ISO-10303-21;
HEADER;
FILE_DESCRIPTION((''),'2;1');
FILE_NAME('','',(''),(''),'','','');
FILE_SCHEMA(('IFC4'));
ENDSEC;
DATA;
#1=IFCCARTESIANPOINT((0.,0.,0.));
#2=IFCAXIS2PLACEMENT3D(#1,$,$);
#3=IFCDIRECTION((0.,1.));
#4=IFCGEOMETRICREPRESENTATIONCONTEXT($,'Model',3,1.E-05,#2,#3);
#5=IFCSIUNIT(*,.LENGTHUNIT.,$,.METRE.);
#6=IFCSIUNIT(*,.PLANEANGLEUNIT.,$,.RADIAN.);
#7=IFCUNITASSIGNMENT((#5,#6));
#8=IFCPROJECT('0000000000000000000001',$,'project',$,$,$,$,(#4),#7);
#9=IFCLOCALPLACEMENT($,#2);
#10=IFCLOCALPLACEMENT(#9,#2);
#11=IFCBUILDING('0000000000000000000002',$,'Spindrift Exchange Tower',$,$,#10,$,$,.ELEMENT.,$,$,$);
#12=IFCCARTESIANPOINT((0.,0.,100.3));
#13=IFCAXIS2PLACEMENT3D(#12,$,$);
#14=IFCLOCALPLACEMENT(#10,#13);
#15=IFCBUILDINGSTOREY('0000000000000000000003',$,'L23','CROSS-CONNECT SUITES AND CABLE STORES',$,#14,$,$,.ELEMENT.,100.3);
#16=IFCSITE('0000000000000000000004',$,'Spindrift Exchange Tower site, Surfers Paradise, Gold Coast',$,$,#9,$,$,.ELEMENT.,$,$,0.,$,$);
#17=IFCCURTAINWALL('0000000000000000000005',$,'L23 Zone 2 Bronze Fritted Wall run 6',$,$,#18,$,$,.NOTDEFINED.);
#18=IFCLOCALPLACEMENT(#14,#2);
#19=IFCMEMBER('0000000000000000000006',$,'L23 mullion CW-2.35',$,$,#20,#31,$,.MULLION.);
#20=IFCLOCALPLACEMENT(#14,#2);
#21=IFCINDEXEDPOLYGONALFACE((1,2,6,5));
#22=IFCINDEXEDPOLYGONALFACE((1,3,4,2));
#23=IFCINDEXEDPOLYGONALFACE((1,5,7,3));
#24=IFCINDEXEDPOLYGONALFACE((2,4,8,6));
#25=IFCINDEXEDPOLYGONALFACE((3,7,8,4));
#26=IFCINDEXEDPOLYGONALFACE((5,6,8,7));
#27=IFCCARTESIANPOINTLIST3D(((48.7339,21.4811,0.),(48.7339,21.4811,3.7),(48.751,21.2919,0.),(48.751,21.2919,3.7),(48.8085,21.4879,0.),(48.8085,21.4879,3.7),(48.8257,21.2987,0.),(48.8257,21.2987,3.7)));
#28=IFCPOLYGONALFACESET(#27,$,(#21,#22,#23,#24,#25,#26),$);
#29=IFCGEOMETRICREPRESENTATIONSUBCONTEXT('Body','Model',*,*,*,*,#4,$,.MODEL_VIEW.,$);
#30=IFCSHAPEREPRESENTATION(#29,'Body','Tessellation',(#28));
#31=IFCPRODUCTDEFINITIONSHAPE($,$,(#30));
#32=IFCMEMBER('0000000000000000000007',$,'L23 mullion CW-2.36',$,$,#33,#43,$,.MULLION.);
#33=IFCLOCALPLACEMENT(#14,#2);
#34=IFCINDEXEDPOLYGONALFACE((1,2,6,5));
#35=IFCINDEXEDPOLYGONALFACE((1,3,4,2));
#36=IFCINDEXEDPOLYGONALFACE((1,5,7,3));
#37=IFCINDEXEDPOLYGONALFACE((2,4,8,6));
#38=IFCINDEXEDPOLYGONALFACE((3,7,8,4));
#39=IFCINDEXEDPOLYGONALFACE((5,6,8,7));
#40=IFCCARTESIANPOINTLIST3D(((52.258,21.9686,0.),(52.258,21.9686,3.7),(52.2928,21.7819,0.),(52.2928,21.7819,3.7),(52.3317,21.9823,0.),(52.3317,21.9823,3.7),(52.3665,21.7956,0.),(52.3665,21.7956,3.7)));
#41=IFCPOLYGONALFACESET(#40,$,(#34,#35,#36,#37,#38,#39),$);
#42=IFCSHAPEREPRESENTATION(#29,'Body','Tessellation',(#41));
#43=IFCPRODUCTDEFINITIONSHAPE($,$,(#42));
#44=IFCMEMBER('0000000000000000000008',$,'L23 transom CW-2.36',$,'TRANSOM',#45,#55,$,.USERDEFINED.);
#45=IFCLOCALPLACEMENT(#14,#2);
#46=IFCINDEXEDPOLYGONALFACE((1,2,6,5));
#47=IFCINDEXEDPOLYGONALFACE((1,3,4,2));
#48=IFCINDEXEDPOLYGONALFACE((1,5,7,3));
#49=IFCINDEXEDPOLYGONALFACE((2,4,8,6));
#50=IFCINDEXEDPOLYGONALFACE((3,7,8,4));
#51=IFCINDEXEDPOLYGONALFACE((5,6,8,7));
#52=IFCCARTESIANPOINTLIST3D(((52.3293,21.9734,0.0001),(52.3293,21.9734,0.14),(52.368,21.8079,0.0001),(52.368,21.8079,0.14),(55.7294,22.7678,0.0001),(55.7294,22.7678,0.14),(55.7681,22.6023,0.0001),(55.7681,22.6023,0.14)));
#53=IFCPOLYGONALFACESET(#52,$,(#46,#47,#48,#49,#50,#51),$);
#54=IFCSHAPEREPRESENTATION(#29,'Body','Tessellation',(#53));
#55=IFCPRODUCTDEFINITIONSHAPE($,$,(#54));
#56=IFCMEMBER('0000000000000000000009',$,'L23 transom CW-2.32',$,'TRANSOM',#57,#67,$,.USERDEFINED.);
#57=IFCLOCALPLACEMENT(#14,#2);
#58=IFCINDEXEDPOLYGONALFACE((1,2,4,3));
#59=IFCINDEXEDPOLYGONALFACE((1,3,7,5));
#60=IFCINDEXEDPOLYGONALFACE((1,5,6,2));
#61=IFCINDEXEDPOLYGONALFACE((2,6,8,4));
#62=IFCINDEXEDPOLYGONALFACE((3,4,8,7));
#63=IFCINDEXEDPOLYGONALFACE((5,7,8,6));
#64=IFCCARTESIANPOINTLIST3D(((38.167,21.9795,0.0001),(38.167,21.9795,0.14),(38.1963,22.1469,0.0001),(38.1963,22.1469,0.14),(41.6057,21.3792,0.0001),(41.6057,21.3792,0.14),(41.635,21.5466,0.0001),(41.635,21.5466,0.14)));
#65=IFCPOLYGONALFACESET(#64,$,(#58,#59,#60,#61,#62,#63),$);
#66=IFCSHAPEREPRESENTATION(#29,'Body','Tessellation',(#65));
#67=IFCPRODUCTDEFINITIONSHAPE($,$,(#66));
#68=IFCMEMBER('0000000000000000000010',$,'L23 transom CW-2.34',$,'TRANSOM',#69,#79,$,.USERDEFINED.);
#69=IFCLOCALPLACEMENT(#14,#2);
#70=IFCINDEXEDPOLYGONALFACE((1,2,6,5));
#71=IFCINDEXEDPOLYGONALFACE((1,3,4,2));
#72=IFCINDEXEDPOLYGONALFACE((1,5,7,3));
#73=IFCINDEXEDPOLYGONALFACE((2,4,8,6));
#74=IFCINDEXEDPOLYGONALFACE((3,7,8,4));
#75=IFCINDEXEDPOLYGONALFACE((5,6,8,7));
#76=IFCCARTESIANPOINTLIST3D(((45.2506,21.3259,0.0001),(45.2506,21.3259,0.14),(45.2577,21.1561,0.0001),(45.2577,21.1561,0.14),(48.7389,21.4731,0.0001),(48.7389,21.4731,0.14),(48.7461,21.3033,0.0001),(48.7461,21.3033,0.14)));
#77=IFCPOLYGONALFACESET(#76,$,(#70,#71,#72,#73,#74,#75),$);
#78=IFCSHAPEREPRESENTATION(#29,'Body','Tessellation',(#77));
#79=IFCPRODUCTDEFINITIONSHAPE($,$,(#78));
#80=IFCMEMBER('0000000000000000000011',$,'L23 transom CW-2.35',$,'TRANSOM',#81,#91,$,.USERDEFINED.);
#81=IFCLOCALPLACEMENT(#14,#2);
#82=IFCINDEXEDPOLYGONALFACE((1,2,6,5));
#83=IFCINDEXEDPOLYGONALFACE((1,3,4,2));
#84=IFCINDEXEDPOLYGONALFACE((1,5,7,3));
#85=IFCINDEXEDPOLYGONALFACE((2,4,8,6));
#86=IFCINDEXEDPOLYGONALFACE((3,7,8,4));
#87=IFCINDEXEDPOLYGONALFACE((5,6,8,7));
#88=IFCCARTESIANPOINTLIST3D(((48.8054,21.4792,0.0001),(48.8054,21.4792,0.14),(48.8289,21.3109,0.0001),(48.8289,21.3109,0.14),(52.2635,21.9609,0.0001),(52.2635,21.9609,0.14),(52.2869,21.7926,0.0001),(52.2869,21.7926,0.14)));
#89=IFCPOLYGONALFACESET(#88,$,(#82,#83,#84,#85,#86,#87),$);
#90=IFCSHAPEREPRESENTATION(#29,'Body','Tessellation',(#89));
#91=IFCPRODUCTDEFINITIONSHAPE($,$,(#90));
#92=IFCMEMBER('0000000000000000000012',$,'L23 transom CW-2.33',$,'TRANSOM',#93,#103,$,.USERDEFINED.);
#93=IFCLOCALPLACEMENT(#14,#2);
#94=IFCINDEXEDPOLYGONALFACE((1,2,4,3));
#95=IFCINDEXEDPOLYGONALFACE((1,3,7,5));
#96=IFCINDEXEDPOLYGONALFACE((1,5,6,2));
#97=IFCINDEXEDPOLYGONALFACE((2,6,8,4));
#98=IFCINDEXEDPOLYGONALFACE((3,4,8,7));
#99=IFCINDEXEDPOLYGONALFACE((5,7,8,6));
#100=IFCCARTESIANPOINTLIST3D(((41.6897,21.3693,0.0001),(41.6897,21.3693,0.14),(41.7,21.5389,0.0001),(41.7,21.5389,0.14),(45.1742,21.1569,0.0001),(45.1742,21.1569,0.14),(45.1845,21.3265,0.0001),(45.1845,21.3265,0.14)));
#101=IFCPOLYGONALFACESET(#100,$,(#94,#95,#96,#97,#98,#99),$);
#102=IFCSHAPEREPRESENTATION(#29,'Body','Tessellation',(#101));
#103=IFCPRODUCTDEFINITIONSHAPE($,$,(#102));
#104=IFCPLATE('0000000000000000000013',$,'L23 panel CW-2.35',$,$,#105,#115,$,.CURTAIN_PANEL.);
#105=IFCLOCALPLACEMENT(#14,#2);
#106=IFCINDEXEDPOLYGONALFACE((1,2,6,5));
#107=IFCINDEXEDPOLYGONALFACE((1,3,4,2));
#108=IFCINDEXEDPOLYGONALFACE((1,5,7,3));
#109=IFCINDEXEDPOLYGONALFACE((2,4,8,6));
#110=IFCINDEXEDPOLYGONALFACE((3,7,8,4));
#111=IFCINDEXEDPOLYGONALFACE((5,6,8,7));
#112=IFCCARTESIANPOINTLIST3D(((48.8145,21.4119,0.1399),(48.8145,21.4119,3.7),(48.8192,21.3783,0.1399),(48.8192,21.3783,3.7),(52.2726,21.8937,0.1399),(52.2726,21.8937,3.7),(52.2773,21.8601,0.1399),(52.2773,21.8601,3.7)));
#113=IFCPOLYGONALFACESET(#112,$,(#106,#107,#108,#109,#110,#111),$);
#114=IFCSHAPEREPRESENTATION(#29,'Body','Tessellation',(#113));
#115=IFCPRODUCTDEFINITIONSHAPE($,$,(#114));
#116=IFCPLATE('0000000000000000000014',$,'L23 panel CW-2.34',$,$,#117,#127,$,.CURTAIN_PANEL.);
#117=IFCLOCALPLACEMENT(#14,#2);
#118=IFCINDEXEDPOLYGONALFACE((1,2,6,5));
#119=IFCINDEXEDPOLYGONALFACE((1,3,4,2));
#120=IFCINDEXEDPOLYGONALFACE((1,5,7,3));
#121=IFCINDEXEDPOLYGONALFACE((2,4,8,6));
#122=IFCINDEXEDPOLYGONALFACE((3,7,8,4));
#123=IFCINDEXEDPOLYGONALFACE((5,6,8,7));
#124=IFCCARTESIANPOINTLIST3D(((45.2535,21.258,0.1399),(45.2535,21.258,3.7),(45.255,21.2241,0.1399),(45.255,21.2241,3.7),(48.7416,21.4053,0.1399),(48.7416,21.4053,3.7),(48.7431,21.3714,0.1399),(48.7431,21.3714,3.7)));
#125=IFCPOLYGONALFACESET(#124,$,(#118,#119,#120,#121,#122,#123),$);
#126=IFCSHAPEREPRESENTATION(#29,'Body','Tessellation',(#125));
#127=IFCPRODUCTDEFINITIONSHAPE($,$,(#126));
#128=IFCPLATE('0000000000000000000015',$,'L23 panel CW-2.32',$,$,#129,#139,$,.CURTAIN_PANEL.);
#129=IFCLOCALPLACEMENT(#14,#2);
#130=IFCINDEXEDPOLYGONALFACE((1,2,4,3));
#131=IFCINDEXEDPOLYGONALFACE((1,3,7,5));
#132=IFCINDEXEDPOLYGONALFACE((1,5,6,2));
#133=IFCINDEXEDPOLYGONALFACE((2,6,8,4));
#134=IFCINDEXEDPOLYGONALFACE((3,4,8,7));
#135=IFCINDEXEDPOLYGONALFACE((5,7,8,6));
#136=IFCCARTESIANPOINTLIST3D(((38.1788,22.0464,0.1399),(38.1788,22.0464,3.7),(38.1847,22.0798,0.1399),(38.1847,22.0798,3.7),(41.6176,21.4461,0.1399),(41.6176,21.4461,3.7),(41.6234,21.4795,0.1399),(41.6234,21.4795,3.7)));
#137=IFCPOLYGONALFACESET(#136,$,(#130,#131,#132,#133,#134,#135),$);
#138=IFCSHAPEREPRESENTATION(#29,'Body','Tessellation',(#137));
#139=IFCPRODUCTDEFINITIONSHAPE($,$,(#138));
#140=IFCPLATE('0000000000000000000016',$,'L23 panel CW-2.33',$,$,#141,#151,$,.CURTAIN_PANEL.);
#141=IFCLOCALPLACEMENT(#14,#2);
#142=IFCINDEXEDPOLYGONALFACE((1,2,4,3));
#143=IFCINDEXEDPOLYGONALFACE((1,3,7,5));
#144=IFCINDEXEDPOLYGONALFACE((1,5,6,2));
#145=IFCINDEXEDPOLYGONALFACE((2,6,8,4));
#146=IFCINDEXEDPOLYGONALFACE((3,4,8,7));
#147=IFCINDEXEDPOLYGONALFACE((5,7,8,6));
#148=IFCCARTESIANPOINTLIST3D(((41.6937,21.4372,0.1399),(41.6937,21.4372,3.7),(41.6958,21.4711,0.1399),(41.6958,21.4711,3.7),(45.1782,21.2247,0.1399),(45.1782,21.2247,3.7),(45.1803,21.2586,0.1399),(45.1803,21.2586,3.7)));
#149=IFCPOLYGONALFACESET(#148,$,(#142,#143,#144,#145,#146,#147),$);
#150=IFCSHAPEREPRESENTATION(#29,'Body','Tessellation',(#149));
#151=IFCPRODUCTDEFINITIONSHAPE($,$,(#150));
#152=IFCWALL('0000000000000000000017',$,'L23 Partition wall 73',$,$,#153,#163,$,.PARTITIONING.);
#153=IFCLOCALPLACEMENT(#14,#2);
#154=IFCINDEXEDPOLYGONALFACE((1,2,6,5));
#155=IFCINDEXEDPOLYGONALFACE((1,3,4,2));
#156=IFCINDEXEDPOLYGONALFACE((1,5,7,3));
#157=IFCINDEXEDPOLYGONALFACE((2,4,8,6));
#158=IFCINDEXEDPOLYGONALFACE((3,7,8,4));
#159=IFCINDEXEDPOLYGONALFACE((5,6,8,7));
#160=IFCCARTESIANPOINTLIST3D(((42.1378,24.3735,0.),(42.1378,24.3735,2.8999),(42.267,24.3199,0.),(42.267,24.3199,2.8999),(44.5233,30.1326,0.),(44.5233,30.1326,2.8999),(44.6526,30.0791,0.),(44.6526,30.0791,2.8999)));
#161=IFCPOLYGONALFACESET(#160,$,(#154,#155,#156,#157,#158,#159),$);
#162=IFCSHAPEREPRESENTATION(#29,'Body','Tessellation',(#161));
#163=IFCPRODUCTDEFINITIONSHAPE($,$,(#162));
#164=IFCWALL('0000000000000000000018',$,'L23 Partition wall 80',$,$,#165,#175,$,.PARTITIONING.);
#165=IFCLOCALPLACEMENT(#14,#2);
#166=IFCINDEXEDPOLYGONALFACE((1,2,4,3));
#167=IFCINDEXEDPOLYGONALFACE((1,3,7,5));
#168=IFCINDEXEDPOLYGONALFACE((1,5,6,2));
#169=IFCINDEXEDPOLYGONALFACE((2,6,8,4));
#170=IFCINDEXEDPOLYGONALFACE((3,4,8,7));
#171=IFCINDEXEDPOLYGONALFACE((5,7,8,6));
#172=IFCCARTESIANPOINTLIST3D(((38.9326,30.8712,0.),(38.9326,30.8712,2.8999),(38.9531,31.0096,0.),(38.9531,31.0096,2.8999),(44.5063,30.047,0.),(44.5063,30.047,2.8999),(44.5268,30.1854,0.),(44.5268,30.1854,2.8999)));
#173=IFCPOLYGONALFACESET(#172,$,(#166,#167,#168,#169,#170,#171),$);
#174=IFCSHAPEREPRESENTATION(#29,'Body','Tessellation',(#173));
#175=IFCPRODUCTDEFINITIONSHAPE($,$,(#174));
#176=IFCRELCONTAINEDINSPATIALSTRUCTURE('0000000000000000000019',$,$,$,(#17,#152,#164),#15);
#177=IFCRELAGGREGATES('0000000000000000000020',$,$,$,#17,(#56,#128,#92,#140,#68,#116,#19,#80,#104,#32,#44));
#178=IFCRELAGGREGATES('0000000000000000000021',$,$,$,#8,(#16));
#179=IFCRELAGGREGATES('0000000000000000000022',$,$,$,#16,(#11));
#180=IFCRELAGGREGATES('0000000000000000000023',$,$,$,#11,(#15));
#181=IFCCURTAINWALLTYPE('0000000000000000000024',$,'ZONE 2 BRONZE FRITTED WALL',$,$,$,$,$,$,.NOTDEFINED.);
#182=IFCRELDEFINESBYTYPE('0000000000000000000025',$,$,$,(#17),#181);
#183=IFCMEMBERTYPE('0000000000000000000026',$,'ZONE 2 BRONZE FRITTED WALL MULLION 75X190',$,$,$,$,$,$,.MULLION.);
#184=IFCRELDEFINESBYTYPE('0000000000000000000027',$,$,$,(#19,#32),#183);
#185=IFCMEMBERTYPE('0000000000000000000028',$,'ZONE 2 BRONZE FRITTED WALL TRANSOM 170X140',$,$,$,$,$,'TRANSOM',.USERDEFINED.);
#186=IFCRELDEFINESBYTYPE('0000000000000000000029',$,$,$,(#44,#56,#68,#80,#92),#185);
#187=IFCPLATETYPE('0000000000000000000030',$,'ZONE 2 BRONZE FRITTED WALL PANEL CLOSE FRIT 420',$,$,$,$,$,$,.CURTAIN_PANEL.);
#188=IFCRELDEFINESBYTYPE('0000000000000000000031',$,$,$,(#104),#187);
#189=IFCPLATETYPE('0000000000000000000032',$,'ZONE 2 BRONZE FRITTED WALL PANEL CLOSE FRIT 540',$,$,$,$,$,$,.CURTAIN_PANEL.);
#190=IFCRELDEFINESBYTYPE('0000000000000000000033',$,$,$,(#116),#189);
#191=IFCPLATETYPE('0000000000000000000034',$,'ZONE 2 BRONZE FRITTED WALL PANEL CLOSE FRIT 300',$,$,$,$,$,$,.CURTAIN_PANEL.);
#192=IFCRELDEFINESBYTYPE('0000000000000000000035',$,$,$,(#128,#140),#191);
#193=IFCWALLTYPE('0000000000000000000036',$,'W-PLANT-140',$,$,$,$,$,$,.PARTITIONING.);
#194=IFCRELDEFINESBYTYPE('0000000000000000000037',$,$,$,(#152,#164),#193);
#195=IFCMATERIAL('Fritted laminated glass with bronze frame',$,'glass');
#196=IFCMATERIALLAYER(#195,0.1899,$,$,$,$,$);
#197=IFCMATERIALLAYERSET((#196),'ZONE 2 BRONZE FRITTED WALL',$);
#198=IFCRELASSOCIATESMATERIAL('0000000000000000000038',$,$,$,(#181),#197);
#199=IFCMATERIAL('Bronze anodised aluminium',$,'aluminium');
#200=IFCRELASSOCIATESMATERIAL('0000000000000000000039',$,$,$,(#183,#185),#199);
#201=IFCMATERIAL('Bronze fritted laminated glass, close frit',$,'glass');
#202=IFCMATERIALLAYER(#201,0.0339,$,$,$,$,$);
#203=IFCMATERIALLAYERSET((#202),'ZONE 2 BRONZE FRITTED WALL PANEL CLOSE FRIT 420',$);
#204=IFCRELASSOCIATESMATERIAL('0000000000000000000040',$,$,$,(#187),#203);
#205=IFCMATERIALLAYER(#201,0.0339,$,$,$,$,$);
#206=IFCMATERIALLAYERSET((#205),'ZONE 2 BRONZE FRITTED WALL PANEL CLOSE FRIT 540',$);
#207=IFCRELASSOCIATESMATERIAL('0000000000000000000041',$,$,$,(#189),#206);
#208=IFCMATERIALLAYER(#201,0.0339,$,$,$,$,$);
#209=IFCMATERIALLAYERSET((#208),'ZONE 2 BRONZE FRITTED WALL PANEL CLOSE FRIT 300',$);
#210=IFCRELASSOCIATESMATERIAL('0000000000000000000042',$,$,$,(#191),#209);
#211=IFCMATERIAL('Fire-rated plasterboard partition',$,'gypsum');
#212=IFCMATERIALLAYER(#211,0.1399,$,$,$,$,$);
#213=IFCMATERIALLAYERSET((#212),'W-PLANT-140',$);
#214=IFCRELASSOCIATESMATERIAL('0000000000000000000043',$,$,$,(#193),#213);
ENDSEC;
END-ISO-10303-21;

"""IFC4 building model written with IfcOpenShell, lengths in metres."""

from ifc_helpers import new_model, si_unit, direction, frame, frame_2d, origin, origin_2d, place, context, subcontext, project, spatial, rectangle, extrude, source, transform, mapped, material, layer, layer_set, material_profile, profile_set, type_object, element, aggregate, save


model = new_model("IFC4")

# Units and contexts
model_context = context("Model", 3, precision=1e-05, world=origin(), true_north=direction((0.0, 1.0)))
body_context = subcontext(model_context, "Body", "Model", "MODEL_VIEW")
ifc_project = project(units=[si_unit("LENGTHUNIT", "METRE"), si_unit("PLANEANGLEUNIT", "RADIAN")], contexts=[model_context])

# Site, building, storey
site_placement = place(None, origin())
site = spatial("IfcSite", under=ifc_project, at=site_placement, Name="Spindrift Exchange Tower site, Surfers Paradise, Gold Coast", CompositionType="ELEMENT", RefElevation=0.0)
building_placement = place(site_placement, origin())
building = spatial("IfcBuilding", under=site, at=building_placement, Name="Spindrift Exchange Tower", CompositionType="ELEMENT")
storey_placement = place(building_placement, frame((0.0, 0.0, 100.3)))
storey = spatial("IfcBuildingStorey", under=building, at=storey_placement, Name="L23", Description="CROSS-CONNECT SUITES AND CABLE STORES", CompositionType="ELEMENT", Elevation=100.3)

# Curtain wall, members, plates
ifc_material_1 = material(Name="Fritted laminated glass with bronze frame", Category="glass")
ifc_layer_1 = layer(ifc_material_1, 0.1899)
ifc_layer_set_1 = layer_set([ifc_layer_1], Name="ZONE 2 BRONZE FRITTED WALL")
curtain_wall_type = type_object("IfcCurtainWallType", Name="ZONE 2 BRONZE FRITTED WALL", PredefinedType="NOTDEFINED", material=ifc_layer_set_1)
curtain_wall_placement = place(storey_placement, origin())
curtain_wall = element("IfcCurtainWall", 1, at=curtain_wall_placement, inside=storey, type_object=curtain_wall_type, Name="L23 Zone 2 Bronze Fritted Wall run 6", PredefinedType="NOTDEFINED")
ifc_material_2 = material(Name="Bronze anodised aluminium", Category="aluminium")
ifc_material_profile_1 = material_profile(ifc_material_2, rectangle(XDim=0.075, YDim=0.1899, at=origin_2d()), Name="ZONE 2 BRONZE FRITTED WALL MULLION 75X190")
ifc_profile_set_1 = profile_set([ifc_material_profile_1], Name="Bronze anodised aluminium")
member_type_1 = type_object("IfcMemberType", Name="ZONE 2 BRONZE FRITTED WALL MULLION 75X190", PredefinedType="MULLION", material=ifc_profile_set_1)
shared_shape_1 = source(origin(), body_context, "Body", "SweptSolid", [
    extrude(rectangle(XDim=0.075, YDim=0.1899, at=origin_2d()), origin(), (0.0, 0.0, 1.0), 3.7),
])
member_1_placement = place(storey_placement, frame((48.7798, 21.3899, 0.0), z_axis=(0.0, 0.0, 1.0), x_axis=(0.995923, 0.090209, 0.0)))
member_1 = element("IfcMember", 2, at=member_1_placement, type_object=member_type_1, Name="L23 mullion CW-2.35", PredefinedType="MULLION", context=body_context, shape_type="MappedRepresentation", body=[
    mapped(shared_shape_1, transform((0.0, 0.0, 0.0), scale=1.0)),
])
member_2_placement = place(storey_placement, frame((52.3123, 21.8821, 0.0), z_axis=(0.0, 0.0, 1.0), x_axis=(0.98312, 0.18296, 0.0)))
member_2 = element("IfcMember", 3, at=member_2_placement, type_object=member_type_1, Name="L23 mullion CW-2.36", PredefinedType="MULLION", context=body_context, shape_type="MappedRepresentation", body=[
    mapped(shared_shape_1, transform((0.0, 0.0, 0.0), scale=1.0)),
])
ifc_material_profile_2 = material_profile(ifc_material_2, rectangle(XDim=0.1699, YDim=0.1399, at=origin_2d()), Name="ZONE 2 BRONZE FRITTED WALL TRANSOM 170X140")
ifc_profile_set_2 = profile_set([ifc_material_profile_2], Name="Bronze anodised aluminium")
member_type_2 = type_object("IfcMemberType", Name="ZONE 2 BRONZE FRITTED WALL TRANSOM 170X140", ElementType="TRANSOM", PredefinedType="USERDEFINED", material=ifc_profile_set_2)
shared_shape_2 = source(origin(), body_context, "Body", "SweptSolid", [
    extrude(rectangle(XDim=0.1699, YDim=0.1399, at=origin_2d()), origin(), (0.0, 0.0, 1.0), 3.4917),
])
member_3_placement = place(storey_placement, frame((52.3486, 21.8906, 0.0701), z_axis=(0.973774, 0.227519, 0.0), x_axis=(-0.227519, 0.973774, 0.0)))
member_3 = element("IfcMember", 4, at=member_3_placement, type_object=member_type_2, Name="L23 transom CW-2.36", ObjectType="TRANSOM", PredefinedType="USERDEFINED", context=body_context, shape_type="MappedRepresentation", body=[
    mapped(shared_shape_2, transform((0.0, 0.0, 0.0), scale=1.0)),
])
shared_shape_3 = source(origin(), body_context, "Body", "SweptSolid", [
    extrude(rectangle(XDim=0.1699, YDim=0.1399, at=origin_2d()), origin(), (0.0, 0.0, 1.0), 3.4907),
])
member_4_placement = place(storey_placement, frame((38.1816, 22.0632, 0.0701), z_axis=(0.9851, -0.171982, 0.0), x_axis=(0.171982, 0.9851, 0.0)))
member_4 = element("IfcMember", 5, at=member_4_placement, type_object=member_type_2, Name="L23 transom CW-2.32", ObjectType="TRANSOM", PredefinedType="USERDEFINED", context=body_context, shape_type="MappedRepresentation", body=[
    mapped(shared_shape_3, transform((0.0, 0.0, 0.0), scale=1.0)),
])
shared_shape_4 = source(origin(), body_context, "Body", "SweptSolid", [
    extrude(rectangle(XDim=0.1699, YDim=0.1399, at=origin_2d()), origin(), (0.0, 0.0, 1.0), 3.4915),
])
member_5_placement = place(storey_placement, frame((45.2542, 21.241, 0.0701), z_axis=(0.999111, 0.042166, 0.0), x_axis=(-0.042166, 0.999111, 0.0)))
member_5 = element("IfcMember", 6, at=member_5_placement, type_object=member_type_2, Name="L23 transom CW-2.34", ObjectType="TRANSOM", PredefinedType="USERDEFINED", context=body_context, shape_type="MappedRepresentation", body=[
    mapped(shared_shape_4, transform((0.0, 0.0, 0.0), scale=1.0)),
])
member_6_placement = place(storey_placement, frame((48.8171, 21.395, 0.0701), z_axis=(0.990437, 0.137965, 0.0), x_axis=(-0.137965, 0.990437, 0.0)))
member_6 = element("IfcMember", 7, at=member_6_placement, type_object=member_type_2, Name="L23 transom CW-2.35", ObjectType="TRANSOM", PredefinedType="USERDEFINED", context=body_context, shape_type="MappedRepresentation", body=[
    mapped(shared_shape_4, transform((0.0, 0.0, 0.0), scale=1.0)),
])
shared_shape_5 = source(origin(), body_context, "Body", "SweptSolid", [
    extrude(rectangle(XDim=0.1699, YDim=0.1399, at=origin_2d()), origin(), (0.0, 0.0, 1.0), 3.491),
])
member_7_placement = place(storey_placement, frame((41.6948, 21.4541, 0.0701), z_axis=(0.998147, -0.060841, 0.0), x_axis=(0.060841, 0.998147, 0.0)))
member_7 = element("IfcMember", 8, at=member_7_placement, type_object=member_type_2, Name="L23 transom CW-2.33", ObjectType="TRANSOM", PredefinedType="USERDEFINED", context=body_context, shape_type="MappedRepresentation", body=[
    mapped(shared_shape_5, transform((0.0, 0.0, 0.0), scale=1.0)),
])
ifc_material_3 = material(Name="Bronze fritted laminated glass, close frit", Category="glass")
ifc_layer_2 = layer(ifc_material_3, 0.0339)
ifc_layer_set_2 = layer_set([ifc_layer_2], Name="ZONE 2 BRONZE FRITTED WALL PANEL CLOSE FRIT 420")
plate_type_1 = type_object("IfcPlateType", Name="ZONE 2 BRONZE FRITTED WALL PANEL CLOSE FRIT 420", PredefinedType="CURTAIN_PANEL", material=ifc_layer_set_2)
shared_shape_6 = source(origin(), body_context, "Body", "SweptSolid", [
    extrude(rectangle(XDim=3.4915, YDim=0.0339, at=origin_2d()), origin(), (0.0, 0.0, 1.0), 3.5601),
])
plate_1_placement = place(storey_placement, frame((50.5459, 21.636, 0.1399), z_axis=(0.0, 0.0, 1.0), x_axis=(0.990431, 0.13801, 0.0)))
plate_1 = element("IfcPlate", 9, at=plate_1_placement, type_object=plate_type_1, Name="L23 panel CW-2.35", PredefinedType="CURTAIN_PANEL", context=body_context, shape_type="MappedRepresentation", body=[
    mapped(shared_shape_6, transform((0.0, 0.0, 0.0), scale=1.0)),
])
ifc_layer_3 = layer(ifc_material_3, 0.0339)
ifc_layer_set_3 = layer_set([ifc_layer_3], Name="ZONE 2 BRONZE FRITTED WALL PANEL CLOSE FRIT 540")
plate_type_2 = type_object("IfcPlateType", Name="ZONE 2 BRONZE FRITTED WALL PANEL CLOSE FRIT 540", PredefinedType="CURTAIN_PANEL", material=ifc_layer_set_3)
shared_shape_7 = source(origin(), body_context, "Body", "SweptSolid", [
    extrude(rectangle(XDim=3.4912, YDim=0.0339, at=origin_2d()), origin(), (0.0, 0.0, 1.0), 3.5601),
])
plate_2_placement = place(storey_placement, frame((46.9983, 21.3147, 0.1399), z_axis=(0.0, 0.0, 1.0), x_axis=(0.999109, 0.042202, 0.0)))
plate_2 = element("IfcPlate", 10, at=plate_2_placement, type_object=plate_type_2, Name="L23 panel CW-2.34", PredefinedType="CURTAIN_PANEL", context=body_context, shape_type="MappedRepresentation", body=[
    mapped(shared_shape_7, transform((0.0, 0.0, 0.0), scale=1.0)),
])
ifc_layer_4 = layer(ifc_material_3, 0.0339)
ifc_layer_set_4 = layer_set([ifc_layer_4], Name="ZONE 2 BRONZE FRITTED WALL PANEL CLOSE FRIT 300")
plate_type_3 = type_object("IfcPlateType", Name="ZONE 2 BRONZE FRITTED WALL PANEL CLOSE FRIT 300", PredefinedType="CURTAIN_PANEL", material=ifc_layer_set_4)
shared_shape_8 = source(origin(), body_context, "Body", "SweptSolid", [
    extrude(rectangle(XDim=3.4907, YDim=0.0339, at=origin_2d()), origin(), (0.0, 0.0, 1.0), 3.5601),
])
plate_3_placement = place(storey_placement, frame((39.9011, 21.7629, 0.1399), z_axis=(0.0, 0.0, 1.0), x_axis=(0.985102, -0.17197, 0.0)))
plate_3 = element("IfcPlate", 11, at=plate_3_placement, type_object=plate_type_3, Name="L23 panel CW-2.32", PredefinedType="CURTAIN_PANEL", context=body_context, shape_type="MappedRepresentation", body=[
    mapped(shared_shape_8, transform((0.0, 0.0, 0.0), scale=1.0)),
])
shared_shape_9 = source(origin(), body_context, "Body", "SweptSolid", [
    extrude(rectangle(XDim=3.491, YDim=0.0339, at=origin_2d()), origin(), (0.0, 0.0, 1.0), 3.5601),
])
plate_4_placement = place(storey_placement, frame((43.437, 21.3479, 0.1399), z_axis=(0.0, 0.0, 1.0), x_axis=(0.998145, -0.06088, 0.0)))
plate_4 = element("IfcPlate", 12, at=plate_4_placement, type_object=plate_type_3, Name="L23 panel CW-2.33", PredefinedType="CURTAIN_PANEL", context=body_context, shape_type="MappedRepresentation", body=[
    mapped(shared_shape_9, transform((0.0, 0.0, 0.0), scale=1.0)),
])
aggregate(curtain_wall, [member_4, plate_3, member_7, plate_4, member_5, plate_2, member_1, member_6, plate_1, member_2, member_3])

# Walls
ifc_material_4 = material(Name="Fire-rated plasterboard partition", Category="gypsum")
ifc_layer_5 = layer(ifc_material_4, 0.1399)
ifc_layer_set_5 = layer_set([ifc_layer_5], Name="W-PLANT-140")
wall_type = type_object("IfcWallType", Name="W-PLANT-140", PredefinedType="PARTITIONING", material=ifc_layer_set_5)
wall_1_placement = place(storey_placement, frame((44.5879, 30.1057, 0.0), z_axis=(0.0, 0.0, 1.0), x_axis=(-0.382687, -0.923878, 0.0)))
element("IfcWall", 13, at=wall_1_placement, inside=storey, type_object=wall_type, Name="L23 Partition wall 73", PredefinedType="PARTITIONING", context=body_context, shape_type="SweptSolid", body=[
    extrude(rectangle(XDim=6.2336, YDim=0.1399, at=frame_2d((3.1167, 0.0))), origin(), (0.0, 0.0, 1.0), 2.8999),
])
wall_2_placement = place(storey_placement, frame((38.9429, 30.9404, 0.0), z_axis=(0.0, 0.0, 1.0), x_axis=(0.989243, -0.146285, 0.0)))
element("IfcWall", 14, at=wall_2_placement, inside=storey, type_object=wall_type, Name="L23 Partition wall 80", PredefinedType="PARTITIONING", context=body_context, shape_type="SweptSolid", body=[
    extrude(rectangle(XDim=5.6343, YDim=0.1399, at=frame_2d((2.8171, 0.0))), origin(), (0.0, 0.0, 1.0), 2.8999),
])

save(model, "model.ifc")
